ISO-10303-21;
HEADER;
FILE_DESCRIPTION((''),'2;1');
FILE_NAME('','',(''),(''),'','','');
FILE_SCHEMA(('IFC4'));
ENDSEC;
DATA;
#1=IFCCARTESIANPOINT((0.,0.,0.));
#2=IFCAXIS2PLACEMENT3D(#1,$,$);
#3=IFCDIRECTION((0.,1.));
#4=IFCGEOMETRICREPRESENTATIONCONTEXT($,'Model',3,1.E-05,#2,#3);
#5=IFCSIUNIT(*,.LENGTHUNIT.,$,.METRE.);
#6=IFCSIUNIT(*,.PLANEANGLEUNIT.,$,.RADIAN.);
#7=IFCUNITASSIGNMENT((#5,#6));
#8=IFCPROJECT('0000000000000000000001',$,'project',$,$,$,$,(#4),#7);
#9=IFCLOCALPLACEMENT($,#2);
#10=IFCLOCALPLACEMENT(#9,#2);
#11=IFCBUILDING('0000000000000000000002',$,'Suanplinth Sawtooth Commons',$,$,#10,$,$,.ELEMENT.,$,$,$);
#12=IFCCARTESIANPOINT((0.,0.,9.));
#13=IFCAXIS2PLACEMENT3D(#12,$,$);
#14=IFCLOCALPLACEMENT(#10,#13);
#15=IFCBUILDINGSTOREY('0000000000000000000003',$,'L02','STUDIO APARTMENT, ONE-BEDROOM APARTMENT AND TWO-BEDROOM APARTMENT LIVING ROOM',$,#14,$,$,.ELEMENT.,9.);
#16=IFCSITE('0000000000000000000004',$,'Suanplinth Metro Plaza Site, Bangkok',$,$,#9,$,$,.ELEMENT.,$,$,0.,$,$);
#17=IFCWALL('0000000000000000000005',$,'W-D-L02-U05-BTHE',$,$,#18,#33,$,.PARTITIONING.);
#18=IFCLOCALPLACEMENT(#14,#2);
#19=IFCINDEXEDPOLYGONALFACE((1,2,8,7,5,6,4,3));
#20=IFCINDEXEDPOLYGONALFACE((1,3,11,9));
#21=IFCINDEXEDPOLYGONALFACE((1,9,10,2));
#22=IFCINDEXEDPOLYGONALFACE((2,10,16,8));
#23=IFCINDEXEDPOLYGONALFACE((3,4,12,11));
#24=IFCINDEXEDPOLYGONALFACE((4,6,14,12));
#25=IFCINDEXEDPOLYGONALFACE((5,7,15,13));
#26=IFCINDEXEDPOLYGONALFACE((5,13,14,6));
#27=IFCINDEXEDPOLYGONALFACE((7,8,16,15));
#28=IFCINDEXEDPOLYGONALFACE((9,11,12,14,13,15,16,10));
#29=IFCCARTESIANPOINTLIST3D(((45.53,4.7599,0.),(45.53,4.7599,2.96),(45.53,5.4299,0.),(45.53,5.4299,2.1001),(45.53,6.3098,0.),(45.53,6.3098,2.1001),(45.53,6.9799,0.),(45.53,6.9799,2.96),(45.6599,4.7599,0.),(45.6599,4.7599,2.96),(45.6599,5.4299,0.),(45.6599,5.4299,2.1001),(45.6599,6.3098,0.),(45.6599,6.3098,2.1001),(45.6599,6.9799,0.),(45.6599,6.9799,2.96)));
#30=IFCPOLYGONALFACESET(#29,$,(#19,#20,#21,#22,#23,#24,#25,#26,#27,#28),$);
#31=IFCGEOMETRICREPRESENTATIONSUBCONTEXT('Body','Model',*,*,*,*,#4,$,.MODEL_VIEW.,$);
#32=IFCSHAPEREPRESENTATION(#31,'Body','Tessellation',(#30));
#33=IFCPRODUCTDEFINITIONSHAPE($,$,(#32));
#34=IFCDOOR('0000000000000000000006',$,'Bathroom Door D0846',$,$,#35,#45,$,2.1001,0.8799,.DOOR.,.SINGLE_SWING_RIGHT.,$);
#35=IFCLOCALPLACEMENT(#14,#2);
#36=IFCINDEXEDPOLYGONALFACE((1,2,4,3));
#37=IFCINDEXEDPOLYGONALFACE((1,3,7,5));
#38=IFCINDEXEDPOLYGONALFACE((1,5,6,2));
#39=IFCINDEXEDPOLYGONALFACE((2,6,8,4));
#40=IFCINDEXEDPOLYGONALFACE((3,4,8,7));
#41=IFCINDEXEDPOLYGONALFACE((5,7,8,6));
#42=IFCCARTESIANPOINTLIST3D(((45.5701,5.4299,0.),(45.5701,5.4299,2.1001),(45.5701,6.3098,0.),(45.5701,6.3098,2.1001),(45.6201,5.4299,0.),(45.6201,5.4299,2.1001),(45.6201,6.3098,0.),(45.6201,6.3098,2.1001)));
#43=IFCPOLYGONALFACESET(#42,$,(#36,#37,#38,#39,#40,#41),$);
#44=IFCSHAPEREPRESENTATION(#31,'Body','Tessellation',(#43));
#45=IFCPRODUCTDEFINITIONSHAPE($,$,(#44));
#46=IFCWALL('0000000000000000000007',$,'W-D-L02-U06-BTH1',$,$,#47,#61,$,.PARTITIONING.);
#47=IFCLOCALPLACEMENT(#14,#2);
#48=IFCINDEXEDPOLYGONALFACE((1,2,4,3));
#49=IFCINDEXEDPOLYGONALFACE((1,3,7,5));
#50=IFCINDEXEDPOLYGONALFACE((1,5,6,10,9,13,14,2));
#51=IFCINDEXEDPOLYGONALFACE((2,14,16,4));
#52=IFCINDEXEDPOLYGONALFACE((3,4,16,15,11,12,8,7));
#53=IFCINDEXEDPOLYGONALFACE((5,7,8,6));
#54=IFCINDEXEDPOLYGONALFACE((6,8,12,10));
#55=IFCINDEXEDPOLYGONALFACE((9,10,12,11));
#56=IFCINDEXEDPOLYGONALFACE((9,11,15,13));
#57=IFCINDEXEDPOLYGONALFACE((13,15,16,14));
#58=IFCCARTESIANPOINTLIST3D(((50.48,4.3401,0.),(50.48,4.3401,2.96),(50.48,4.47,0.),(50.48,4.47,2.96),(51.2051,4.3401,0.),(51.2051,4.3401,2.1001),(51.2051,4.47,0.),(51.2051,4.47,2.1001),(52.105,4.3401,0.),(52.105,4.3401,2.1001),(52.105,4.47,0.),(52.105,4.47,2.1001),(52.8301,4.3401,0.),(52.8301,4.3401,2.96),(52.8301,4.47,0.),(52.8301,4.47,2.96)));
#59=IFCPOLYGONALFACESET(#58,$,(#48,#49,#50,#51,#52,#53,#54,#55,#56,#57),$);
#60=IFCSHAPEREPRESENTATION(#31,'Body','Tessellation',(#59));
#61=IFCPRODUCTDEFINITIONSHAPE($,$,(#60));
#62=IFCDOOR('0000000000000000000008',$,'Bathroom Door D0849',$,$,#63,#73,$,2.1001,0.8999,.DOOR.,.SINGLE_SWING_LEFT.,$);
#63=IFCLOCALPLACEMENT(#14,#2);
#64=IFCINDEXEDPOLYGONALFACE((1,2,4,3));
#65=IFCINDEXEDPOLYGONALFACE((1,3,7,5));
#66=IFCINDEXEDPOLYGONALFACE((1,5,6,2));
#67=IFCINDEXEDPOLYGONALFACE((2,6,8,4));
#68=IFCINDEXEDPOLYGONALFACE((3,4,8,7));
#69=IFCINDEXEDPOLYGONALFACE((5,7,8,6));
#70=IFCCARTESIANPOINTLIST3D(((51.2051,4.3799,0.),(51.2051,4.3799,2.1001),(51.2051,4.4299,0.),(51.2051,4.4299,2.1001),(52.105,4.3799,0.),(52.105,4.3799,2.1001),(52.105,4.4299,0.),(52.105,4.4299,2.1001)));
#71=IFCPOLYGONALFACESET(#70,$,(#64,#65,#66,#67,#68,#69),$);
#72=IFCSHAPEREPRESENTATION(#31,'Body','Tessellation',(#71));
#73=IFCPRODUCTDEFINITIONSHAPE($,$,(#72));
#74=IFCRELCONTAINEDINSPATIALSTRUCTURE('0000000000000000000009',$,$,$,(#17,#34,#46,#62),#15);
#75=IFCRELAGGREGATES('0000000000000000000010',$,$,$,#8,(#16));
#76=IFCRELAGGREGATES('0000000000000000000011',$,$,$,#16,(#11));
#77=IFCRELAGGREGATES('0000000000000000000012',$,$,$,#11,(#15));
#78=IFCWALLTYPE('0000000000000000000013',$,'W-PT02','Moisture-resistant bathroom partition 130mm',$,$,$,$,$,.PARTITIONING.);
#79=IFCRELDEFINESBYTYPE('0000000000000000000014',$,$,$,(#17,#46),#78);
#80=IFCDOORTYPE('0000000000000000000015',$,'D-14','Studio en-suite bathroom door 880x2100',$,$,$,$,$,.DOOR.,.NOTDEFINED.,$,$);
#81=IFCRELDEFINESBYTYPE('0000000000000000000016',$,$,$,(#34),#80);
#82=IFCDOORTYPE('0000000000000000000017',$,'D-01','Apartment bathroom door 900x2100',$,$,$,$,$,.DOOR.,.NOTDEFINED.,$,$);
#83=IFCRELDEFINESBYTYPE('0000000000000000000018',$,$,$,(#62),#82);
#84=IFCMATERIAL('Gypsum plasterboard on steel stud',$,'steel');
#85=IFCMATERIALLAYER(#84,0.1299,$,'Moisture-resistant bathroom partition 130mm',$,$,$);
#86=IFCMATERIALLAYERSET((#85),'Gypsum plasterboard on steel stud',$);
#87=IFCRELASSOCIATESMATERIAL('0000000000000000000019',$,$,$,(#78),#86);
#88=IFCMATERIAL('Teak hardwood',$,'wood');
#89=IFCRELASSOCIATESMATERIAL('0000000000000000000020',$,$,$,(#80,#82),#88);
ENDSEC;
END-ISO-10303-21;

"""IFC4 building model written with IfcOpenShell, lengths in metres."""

from ifc_helpers import new_model, si_unit, direction, frame, frame_2d, origin, place, context, subcontext, project, spatial, rectangle, extrude, material, layer, layer_set, type_object, element, fill, save


model = new_model("IFC4")

# Units and contexts
model_context = context("Model", 3, precision=1e-05, world=origin(), true_north=direction((0.0, 1.0)))
body_context = subcontext(model_context, "Body", "Model", "MODEL_VIEW")
ifc_project = project(units=[si_unit("LENGTHUNIT", "METRE"), si_unit("PLANEANGLEUNIT", "RADIAN")], contexts=[model_context])

# Site, building, storey
site_placement = place(None, origin())
site = spatial("IfcSite", under=ifc_project, at=site_placement, Name="Suanplinth Metro Plaza Site, Bangkok", CompositionType="ELEMENT", RefElevation=0.0)
building_placement = place(site_placement, origin())
building = spatial("IfcBuilding", under=site, at=building_placement, Name="Suanplinth Sawtooth Commons", CompositionType="ELEMENT")
storey_placement = place(building_placement, frame((0.0, 0.0, 9.0)))
storey = spatial("IfcBuildingStorey", under=building, at=storey_placement, Name="L02", Description="STUDIO APARTMENT, ONE-BEDROOM APARTMENT AND TWO-BEDROOM APARTMENT LIVING ROOM", CompositionType="ELEMENT", Elevation=9.0)

# Shared definitions
ifc_material_1 = material(Name="Teak hardwood", Category="wood")

# Walls, openings, doors
ifc_material_2 = material(Name="Gypsum plasterboard on steel stud", Category="steel")
ifc_layer_1 = layer(ifc_material_2, 0.1299, Name="Moisture-resistant bathroom partition 130mm")
ifc_layer_set_1 = layer_set([ifc_layer_1], Name="Gypsum plasterboard on steel stud")
wall_type_1 = type_object("IfcWallType", Name="W-PT02", Description="Moisture-resistant bathroom partition 130mm", PredefinedType="PARTITIONING", material=ifc_layer_set_1)
wall_1_placement = place(storey_placement, frame((45.595, 4.76, 0.0), z_axis=(0.0, 0.0, 1.0), x_axis=(0.0, 1.0, 0.0)))
wall_1 = element("IfcWall", 1, at=wall_1_placement, inside=storey, type_object=wall_type_1, Name="W-D-L02-U05-BTHE", PredefinedType="PARTITIONING", context=body_context, shape_type="SweptSolid", body=[
    extrude(rectangle(XDim=2.22, YDim=0.1299, at=frame_2d((1.1099, 0.0))), origin(), (0.0, 0.0, 1.0), 2.96),
])
opening_1_placement = place(wall_1_placement, frame((0.6699, 0.0, 0.0)))
opening_1 = element("IfcOpeningElement", 2, at=opening_1_placement, cuts=wall_1, PredefinedType="OPENING", context=body_context, shape_type="SweptSolid", body=[
    extrude(rectangle(XDim=0.8799, YDim=2.1001, at=frame_2d((0.4399, 1.05))), frame((0.0, 0.0798, 0.0), z_axis=(0.0, -1.0, 0.0), x_axis=(1.0, 0.0, 0.0)), (0.0, 0.0, 1.0), 0.1597),
])
door_type_1 = type_object("IfcDoorType", Name="D-14", Description="Studio en-suite bathroom door 880x2100", OperationType="NOTDEFINED", PredefinedType="DOOR", material=ifc_material_1)
door_1_placement = place(opening_1_placement, origin())
door_1 = element("IfcDoor", 3, at=door_1_placement, inside=storey, type_object=door_type_1, Name="Bathroom Door D0846", OperationType="SINGLE_SWING_RIGHT", OverallHeight=2.1001, OverallWidth=0.8799, PredefinedType="DOOR", context=body_context, shape_type="SweptSolid", body=[
    extrude(rectangle(XDim=0.8799, YDim=2.1001, at=frame_2d((0.4399, 1.05))), frame((0.0, 0.0249, 0.0), z_axis=(0.0, -1.0, 0.0), x_axis=(1.0, 0.0, 0.0)), (0.0, 0.0, 1.0), 0.05),
])
fill(opening_1, door_1)
wall_2_placement = place(storey_placement, frame((50.48, 4.405, 0.0), z_axis=(0.0, 0.0, 1.0), x_axis=(1.0, 0.0, 0.0)))
wall_2 = element("IfcWall", 4, at=wall_2_placement, inside=storey, type_object=wall_type_1, Name="W-D-L02-U06-BTH1", PredefinedType="PARTITIONING", context=body_context, shape_type="SweptSolid", body=[
    extrude(rectangle(XDim=2.3501, YDim=0.1299, at=frame_2d((1.175, 0.0))), origin(), (0.0, 0.0, 1.0), 2.96),
])
opening_2_placement = place(wall_2_placement, frame((0.7251, 0.0, 0.0)))
opening_2 = element("IfcOpeningElement", 5, at=opening_2_placement, cuts=wall_2, PredefinedType="OPENING", context=body_context, shape_type="SweptSolid", body=[
    extrude(rectangle(XDim=0.8999, YDim=2.1001, at=frame_2d((0.45, 1.05))), frame((0.0, 0.0798, 0.0), z_axis=(0.0, -1.0, 0.0), x_axis=(1.0, 0.0, 0.0)), (0.0, 0.0, 1.0), 0.1597),
])
door_type_2 = type_object("IfcDoorType", Name="D-01", Description="Apartment bathroom door 900x2100", OperationType="NOTDEFINED", PredefinedType="DOOR", material=ifc_material_1)
door_2_placement = place(opening_2_placement, origin())
door_2 = element("IfcDoor", 6, at=door_2_placement, inside=storey, type_object=door_type_2, Name="Bathroom Door D0849", OperationType="SINGLE_SWING_LEFT", OverallHeight=2.1001, OverallWidth=0.8999, PredefinedType="DOOR", context=body_context, shape_type="SweptSolid", body=[
    extrude(rectangle(XDim=0.8999, YDim=2.1001, at=frame_2d((0.45, 1.05))), frame((0.0, 0.0249, 0.0), z_axis=(0.0, -1.0, 0.0), x_axis=(1.0, 0.0, 0.0)), (0.0, 0.0, 1.0), 0.05),
])
fill(opening_2, door_2)

save(model, "model.ifc")
